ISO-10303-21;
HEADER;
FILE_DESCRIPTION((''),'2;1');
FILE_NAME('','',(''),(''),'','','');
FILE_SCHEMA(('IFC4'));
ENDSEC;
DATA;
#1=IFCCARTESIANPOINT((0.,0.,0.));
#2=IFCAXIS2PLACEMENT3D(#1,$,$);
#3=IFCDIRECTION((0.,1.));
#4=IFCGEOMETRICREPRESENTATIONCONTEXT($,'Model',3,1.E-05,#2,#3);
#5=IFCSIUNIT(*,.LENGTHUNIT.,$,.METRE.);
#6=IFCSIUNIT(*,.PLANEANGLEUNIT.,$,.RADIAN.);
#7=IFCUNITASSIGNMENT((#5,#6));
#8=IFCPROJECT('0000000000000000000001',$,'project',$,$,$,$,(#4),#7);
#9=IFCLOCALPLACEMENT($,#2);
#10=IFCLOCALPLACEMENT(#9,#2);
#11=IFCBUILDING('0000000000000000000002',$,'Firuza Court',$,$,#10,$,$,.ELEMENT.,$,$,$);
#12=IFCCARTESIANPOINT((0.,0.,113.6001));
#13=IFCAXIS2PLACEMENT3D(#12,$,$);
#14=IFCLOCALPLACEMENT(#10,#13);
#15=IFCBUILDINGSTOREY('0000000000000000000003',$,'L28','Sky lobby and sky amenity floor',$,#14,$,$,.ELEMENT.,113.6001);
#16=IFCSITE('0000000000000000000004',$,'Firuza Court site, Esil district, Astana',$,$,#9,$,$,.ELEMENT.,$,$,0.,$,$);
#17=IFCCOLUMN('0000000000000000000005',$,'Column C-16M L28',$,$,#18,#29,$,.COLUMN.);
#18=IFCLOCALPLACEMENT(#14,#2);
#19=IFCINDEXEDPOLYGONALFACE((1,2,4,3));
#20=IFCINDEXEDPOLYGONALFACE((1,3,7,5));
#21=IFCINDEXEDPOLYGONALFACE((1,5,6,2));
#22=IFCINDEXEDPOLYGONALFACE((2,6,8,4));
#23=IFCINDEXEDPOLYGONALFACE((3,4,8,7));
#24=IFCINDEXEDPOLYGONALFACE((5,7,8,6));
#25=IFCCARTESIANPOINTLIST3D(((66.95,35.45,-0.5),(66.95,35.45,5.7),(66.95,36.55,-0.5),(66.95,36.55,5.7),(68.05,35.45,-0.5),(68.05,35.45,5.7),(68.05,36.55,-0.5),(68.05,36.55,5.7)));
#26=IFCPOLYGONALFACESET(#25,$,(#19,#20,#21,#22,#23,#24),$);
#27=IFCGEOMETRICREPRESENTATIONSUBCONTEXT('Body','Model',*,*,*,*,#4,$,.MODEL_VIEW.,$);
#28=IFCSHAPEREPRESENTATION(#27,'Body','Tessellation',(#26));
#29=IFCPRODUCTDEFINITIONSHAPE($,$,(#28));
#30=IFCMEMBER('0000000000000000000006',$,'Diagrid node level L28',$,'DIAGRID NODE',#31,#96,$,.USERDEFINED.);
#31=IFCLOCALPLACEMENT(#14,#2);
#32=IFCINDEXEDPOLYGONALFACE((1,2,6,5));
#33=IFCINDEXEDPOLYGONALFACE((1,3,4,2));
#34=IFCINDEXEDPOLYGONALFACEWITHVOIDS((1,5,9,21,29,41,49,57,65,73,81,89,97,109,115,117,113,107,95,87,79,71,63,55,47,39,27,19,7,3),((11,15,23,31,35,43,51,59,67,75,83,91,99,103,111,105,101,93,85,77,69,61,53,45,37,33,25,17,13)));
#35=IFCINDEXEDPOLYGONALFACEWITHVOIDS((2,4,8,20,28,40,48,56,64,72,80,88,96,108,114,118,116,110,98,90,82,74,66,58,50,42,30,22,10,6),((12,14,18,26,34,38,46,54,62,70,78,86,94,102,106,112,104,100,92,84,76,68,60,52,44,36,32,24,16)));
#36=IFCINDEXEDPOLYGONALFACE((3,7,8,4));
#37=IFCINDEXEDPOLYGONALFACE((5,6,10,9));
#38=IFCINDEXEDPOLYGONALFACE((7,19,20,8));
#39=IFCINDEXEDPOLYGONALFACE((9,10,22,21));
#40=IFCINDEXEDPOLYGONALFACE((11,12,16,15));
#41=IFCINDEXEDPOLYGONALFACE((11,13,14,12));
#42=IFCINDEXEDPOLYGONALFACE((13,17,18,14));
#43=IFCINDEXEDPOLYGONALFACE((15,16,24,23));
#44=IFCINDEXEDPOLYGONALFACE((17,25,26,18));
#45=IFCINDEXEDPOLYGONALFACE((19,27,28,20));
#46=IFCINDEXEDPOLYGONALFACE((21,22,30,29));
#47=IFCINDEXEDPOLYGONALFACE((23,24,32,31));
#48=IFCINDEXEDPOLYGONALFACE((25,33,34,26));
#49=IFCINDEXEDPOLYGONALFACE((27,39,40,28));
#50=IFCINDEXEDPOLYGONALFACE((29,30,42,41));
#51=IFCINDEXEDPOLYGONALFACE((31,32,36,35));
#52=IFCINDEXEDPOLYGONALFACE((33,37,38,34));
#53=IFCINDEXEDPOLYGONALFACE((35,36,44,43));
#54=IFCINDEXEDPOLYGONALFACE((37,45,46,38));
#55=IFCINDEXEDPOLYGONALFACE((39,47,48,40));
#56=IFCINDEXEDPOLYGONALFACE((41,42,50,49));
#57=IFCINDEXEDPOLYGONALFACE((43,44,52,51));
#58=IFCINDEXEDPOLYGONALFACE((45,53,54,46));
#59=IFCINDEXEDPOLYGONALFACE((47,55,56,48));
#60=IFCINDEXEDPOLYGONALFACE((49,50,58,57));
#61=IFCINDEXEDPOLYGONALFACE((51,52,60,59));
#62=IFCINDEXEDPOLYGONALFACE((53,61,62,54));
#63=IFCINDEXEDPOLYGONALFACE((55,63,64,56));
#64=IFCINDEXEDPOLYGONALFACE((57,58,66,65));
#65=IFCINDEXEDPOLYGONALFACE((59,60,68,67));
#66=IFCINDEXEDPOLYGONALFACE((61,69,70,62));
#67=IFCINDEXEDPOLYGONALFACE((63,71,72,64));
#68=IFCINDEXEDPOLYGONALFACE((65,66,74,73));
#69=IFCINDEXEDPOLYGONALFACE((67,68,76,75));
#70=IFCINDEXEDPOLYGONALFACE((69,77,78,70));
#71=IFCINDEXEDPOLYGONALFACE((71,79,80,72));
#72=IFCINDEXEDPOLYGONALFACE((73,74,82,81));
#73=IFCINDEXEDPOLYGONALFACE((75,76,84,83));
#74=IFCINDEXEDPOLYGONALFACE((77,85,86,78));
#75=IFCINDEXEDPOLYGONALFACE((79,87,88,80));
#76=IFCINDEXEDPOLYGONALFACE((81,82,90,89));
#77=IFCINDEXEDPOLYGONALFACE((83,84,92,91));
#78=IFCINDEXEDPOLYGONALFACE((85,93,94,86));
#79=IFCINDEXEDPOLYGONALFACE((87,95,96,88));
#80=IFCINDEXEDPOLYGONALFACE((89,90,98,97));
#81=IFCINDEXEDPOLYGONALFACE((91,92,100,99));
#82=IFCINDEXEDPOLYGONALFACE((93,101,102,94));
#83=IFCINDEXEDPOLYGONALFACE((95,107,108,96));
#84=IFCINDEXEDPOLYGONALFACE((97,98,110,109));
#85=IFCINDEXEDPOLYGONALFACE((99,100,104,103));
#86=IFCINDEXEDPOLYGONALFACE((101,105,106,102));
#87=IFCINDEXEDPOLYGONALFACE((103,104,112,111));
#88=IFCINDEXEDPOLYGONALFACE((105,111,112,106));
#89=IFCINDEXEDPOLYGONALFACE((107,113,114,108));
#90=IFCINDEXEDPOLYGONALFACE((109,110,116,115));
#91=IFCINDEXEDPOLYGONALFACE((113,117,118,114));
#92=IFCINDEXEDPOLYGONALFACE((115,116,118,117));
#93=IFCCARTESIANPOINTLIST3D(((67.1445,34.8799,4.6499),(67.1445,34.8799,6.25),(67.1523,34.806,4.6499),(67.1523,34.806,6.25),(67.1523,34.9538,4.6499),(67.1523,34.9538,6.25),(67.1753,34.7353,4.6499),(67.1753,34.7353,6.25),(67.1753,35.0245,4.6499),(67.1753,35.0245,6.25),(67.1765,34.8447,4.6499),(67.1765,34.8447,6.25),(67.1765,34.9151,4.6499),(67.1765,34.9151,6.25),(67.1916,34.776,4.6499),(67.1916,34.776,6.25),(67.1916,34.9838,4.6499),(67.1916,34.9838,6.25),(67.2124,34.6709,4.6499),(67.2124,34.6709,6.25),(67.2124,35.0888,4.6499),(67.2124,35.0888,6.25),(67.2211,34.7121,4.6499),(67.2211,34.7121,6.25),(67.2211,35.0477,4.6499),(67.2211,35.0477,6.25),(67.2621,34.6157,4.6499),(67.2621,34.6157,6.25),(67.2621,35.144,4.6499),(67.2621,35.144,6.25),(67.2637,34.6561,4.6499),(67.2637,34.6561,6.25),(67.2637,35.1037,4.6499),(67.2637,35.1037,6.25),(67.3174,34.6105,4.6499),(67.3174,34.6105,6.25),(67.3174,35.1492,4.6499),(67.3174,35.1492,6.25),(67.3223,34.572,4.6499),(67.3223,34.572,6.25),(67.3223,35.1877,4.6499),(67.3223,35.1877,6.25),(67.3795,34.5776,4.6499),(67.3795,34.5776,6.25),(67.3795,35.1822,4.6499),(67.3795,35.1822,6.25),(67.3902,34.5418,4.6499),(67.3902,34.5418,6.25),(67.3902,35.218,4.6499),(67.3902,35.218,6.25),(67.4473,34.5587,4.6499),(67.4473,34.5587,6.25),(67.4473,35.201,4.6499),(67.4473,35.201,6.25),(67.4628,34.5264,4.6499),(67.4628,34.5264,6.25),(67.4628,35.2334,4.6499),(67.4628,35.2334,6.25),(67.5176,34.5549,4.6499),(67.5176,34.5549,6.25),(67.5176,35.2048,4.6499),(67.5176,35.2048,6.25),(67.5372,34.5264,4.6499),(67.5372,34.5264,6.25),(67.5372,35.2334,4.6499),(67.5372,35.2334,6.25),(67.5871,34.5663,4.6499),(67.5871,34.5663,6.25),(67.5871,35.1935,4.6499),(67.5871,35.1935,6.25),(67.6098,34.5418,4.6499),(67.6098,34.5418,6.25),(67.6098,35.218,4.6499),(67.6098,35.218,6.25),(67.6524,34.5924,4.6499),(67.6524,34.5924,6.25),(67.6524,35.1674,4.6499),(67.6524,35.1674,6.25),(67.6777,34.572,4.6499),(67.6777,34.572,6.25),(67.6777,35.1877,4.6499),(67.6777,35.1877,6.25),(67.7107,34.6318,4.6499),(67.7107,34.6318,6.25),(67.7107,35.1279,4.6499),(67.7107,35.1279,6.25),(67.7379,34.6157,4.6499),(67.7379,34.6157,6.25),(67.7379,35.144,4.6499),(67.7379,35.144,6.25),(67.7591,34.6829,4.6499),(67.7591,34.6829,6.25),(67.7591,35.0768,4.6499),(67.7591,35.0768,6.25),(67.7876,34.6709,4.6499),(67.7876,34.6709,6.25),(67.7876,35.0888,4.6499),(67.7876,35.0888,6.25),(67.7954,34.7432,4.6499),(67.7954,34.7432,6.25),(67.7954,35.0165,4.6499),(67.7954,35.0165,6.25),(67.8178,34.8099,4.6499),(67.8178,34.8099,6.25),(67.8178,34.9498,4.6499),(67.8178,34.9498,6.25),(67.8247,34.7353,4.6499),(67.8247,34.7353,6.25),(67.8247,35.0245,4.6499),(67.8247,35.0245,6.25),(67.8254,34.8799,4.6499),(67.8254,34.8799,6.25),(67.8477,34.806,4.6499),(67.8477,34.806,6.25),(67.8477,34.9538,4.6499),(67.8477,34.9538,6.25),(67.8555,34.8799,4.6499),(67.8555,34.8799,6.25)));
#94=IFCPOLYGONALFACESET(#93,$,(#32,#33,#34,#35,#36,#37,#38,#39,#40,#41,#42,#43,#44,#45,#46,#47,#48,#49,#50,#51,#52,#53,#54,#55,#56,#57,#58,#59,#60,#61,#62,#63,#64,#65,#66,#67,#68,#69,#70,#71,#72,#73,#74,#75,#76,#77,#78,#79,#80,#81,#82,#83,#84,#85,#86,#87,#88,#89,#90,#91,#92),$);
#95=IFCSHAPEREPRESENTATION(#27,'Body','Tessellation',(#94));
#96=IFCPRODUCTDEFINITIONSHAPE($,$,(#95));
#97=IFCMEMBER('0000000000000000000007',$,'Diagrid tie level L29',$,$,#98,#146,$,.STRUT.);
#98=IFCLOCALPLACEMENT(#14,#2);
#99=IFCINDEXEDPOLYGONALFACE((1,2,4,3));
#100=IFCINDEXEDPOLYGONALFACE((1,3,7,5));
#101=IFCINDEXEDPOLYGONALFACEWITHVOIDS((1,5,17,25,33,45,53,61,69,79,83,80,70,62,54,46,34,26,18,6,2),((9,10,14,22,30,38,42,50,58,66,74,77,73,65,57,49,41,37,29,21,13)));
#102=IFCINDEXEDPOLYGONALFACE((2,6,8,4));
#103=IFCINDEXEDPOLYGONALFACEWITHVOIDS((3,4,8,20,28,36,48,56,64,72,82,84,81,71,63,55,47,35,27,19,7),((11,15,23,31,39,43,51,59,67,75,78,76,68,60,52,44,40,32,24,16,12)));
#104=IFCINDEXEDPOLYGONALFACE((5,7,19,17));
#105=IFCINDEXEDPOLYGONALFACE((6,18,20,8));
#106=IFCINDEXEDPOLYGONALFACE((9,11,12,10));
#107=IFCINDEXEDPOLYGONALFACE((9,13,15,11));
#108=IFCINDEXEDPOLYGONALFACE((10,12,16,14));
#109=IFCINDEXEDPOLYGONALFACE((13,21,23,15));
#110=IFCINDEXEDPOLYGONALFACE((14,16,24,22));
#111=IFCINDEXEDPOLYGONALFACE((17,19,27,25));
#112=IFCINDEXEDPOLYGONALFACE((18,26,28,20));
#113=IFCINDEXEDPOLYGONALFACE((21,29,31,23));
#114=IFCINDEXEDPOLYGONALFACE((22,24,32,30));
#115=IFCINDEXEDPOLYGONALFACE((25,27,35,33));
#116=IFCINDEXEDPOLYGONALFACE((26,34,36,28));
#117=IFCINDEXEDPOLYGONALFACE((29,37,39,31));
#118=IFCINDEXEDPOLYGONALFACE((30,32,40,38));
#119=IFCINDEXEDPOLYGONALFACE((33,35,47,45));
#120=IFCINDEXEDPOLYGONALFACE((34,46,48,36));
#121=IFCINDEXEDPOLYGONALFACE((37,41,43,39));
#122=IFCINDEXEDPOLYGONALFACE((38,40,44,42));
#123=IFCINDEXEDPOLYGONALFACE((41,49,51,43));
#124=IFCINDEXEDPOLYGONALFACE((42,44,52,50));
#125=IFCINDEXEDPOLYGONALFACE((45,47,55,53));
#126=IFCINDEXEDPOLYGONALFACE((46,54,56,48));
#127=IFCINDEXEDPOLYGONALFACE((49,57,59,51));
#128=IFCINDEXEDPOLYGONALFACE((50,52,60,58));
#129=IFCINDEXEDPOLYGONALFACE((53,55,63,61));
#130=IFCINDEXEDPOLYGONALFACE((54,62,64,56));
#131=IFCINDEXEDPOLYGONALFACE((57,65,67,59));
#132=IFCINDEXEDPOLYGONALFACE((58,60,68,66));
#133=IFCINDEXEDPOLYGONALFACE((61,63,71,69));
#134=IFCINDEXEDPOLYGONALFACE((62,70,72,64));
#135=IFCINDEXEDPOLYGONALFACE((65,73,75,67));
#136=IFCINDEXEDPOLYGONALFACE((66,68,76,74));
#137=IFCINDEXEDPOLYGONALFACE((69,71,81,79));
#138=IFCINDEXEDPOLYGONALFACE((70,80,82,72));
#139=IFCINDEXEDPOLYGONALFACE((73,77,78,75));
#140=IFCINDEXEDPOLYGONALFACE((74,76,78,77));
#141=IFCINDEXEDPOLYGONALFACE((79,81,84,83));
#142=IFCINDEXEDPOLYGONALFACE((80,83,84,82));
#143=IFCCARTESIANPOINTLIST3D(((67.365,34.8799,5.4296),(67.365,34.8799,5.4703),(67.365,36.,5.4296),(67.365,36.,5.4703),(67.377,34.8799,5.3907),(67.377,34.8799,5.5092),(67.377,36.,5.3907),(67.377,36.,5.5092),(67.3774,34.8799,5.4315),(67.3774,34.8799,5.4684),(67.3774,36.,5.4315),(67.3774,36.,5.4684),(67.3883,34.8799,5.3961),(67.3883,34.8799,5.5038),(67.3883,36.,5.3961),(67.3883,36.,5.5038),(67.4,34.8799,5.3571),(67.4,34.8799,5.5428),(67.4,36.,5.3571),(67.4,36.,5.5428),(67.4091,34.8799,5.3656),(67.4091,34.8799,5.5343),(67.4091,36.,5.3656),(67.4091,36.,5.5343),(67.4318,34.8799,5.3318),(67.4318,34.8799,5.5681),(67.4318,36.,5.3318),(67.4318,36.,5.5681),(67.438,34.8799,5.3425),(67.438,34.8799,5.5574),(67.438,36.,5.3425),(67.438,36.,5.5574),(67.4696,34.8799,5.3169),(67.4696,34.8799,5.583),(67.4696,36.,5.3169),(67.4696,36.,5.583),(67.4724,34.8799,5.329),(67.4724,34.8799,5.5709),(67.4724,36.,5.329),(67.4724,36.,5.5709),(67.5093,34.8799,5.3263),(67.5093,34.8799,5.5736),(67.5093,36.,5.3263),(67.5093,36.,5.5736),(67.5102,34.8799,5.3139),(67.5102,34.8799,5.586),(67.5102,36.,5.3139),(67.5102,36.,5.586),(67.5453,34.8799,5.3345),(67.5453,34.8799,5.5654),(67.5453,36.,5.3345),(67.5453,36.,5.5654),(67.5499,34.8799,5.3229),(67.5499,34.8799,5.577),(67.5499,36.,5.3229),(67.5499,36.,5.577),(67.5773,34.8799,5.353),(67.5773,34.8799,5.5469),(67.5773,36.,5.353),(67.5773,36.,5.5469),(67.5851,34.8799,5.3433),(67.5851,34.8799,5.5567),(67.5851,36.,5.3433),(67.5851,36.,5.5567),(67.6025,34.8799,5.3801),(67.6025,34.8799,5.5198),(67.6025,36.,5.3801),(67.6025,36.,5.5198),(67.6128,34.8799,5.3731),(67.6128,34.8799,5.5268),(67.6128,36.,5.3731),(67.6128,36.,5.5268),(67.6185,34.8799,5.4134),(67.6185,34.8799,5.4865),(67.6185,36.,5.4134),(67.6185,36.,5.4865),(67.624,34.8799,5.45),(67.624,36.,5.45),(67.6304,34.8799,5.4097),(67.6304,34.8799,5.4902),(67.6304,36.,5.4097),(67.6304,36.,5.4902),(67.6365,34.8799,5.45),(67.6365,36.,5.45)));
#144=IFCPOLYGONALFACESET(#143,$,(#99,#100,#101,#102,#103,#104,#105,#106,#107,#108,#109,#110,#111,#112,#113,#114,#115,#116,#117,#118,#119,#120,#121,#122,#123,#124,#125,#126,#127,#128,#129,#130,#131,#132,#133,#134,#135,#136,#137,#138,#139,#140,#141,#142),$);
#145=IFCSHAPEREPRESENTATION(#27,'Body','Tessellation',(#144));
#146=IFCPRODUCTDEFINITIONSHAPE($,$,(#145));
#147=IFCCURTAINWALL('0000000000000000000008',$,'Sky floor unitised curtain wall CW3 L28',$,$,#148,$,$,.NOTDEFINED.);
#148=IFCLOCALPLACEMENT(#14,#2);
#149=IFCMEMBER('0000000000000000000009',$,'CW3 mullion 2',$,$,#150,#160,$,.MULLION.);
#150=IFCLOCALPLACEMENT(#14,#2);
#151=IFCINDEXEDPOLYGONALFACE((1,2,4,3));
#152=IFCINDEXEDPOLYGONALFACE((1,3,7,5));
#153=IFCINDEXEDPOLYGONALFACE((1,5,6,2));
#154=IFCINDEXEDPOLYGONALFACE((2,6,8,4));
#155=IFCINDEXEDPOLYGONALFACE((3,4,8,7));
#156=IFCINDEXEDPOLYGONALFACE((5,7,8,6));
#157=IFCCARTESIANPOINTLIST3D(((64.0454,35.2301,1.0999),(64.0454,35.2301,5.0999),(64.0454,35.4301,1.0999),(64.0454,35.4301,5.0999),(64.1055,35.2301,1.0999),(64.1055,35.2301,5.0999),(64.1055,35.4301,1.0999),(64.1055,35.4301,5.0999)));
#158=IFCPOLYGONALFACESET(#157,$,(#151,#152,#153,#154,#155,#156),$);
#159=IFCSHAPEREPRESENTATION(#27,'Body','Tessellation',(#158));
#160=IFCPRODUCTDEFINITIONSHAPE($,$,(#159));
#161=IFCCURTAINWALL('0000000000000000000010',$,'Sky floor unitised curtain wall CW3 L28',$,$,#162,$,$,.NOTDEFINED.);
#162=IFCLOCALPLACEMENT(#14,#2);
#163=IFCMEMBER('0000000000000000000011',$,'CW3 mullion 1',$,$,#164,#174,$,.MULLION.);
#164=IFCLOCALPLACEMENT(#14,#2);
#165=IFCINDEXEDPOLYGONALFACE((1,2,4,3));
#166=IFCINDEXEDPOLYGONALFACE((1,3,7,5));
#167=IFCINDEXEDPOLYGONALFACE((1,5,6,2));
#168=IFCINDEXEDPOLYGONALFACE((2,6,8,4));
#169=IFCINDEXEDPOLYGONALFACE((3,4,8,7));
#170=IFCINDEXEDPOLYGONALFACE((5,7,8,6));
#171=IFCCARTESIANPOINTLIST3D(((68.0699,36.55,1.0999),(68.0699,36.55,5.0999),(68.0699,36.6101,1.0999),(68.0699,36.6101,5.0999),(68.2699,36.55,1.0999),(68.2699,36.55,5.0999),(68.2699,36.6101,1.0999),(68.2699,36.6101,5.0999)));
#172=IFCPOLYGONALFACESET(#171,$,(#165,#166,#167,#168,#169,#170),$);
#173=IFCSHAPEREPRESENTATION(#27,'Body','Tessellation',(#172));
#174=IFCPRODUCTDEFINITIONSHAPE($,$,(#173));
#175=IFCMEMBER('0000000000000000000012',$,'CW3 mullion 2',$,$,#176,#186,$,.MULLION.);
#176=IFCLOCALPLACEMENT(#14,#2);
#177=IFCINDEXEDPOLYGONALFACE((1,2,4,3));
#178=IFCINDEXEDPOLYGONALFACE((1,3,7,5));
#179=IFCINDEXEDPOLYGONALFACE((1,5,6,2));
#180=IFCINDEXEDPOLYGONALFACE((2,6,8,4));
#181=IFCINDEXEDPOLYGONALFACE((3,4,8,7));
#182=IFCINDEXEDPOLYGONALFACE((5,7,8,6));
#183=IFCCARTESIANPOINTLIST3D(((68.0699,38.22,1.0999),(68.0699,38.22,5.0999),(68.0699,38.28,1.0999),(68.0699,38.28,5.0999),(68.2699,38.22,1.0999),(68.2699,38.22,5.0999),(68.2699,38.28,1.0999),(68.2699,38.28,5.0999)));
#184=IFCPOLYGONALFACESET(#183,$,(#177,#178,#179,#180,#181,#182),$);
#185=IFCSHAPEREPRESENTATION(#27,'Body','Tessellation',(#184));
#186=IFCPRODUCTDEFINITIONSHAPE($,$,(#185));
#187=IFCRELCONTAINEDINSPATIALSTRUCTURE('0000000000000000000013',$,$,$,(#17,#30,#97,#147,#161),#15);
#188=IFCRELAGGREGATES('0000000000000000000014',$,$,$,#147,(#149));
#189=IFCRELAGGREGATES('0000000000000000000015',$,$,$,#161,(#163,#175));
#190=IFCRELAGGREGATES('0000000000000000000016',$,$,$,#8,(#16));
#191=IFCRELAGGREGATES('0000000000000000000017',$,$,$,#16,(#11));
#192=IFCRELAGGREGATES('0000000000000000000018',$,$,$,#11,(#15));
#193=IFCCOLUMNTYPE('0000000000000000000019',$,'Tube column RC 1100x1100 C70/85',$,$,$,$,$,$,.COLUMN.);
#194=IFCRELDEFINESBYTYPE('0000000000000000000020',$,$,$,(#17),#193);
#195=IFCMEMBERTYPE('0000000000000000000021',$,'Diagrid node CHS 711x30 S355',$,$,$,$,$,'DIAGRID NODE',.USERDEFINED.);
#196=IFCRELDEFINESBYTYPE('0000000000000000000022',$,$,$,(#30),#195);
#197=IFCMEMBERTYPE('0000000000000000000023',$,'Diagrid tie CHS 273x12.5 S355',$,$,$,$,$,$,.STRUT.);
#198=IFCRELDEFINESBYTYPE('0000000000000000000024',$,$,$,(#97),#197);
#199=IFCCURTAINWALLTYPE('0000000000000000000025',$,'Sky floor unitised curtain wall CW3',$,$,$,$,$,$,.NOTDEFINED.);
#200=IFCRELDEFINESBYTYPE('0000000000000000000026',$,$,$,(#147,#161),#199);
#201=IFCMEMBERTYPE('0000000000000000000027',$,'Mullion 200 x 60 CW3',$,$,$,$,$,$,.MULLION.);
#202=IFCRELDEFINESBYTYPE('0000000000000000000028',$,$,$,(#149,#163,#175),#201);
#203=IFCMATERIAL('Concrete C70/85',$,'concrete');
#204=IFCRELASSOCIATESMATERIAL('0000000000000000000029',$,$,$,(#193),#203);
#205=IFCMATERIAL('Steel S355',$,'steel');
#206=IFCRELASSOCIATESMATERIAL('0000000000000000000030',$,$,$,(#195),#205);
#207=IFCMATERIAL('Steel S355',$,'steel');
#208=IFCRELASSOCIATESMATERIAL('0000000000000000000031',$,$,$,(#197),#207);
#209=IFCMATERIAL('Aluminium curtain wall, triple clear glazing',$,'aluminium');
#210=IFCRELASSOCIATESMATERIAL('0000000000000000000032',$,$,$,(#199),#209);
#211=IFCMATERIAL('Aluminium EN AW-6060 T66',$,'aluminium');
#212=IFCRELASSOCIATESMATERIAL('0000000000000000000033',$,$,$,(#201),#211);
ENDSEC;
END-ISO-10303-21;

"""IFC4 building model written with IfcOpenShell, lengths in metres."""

from ifc_helpers import new_model, si_unit, direction, frame, origin, origin_2d, place, context, subcontext, project, spatial, rectangle, hollow_circle, extrude, material, material_profile, profile_set, type_object, element, aggregate, save


model = new_model("IFC4")

# Units and contexts
model_context = context("Model", 3, precision=1e-05, world=origin(), true_north=direction((0.0, 1.0)))
body_context = subcontext(model_context, "Body", "Model", "MODEL_VIEW")
ifc_project = project(units=[si_unit("LENGTHUNIT", "METRE"), si_unit("PLANEANGLEUNIT", "RADIAN")], contexts=[model_context])

# Site, building, storey
site_placement = place(None, origin())
site = spatial("IfcSite", under=ifc_project, at=site_placement, Name="Firuza Court site, Esil district, Astana", CompositionType="ELEMENT", RefElevation=0.0)
building_placement = place(site_placement, origin())
building = spatial("IfcBuilding", under=site, at=building_placement, Name="Firuza Court", CompositionType="ELEMENT")
storey_placement = place(building_placement, frame((0.0, 0.0, 113.6001)))
storey = spatial("IfcBuildingStorey", under=building, at=storey_placement, Name="L28", Description="Sky lobby and sky amenity floor", CompositionType="ELEMENT", Elevation=113.6001)

# Column
ifc_material_1 = material(Name="Concrete C70/85", Category="concrete")
ifc_material_profile_1 = material_profile(ifc_material_1, rectangle(XDim=1.1001, YDim=1.1001, at=origin_2d()), Name="RC 1100x1100")
ifc_profile_set_1 = profile_set([ifc_material_profile_1], Name="Concrete C70/85")
column_type = type_object("IfcColumnType", Name="Tube column RC 1100x1100 C70/85", PredefinedType="COLUMN", material=ifc_profile_set_1)
column_placement = place(storey_placement, frame((67.5, 36.0, -0.5), z_axis=(0.0, 0.0, 1.0), x_axis=(1.0, 0.0, 0.0)))
element("IfcColumn", 1, at=column_placement, inside=storey, type_object=column_type, Name="Column C-16M L28", PredefinedType="COLUMN", context=body_context, shape_type="SweptSolid", body=[
    extrude(rectangle(XDim=1.1001, YDim=1.1001, at=origin_2d()), origin(), (0.0, 0.0, 1.0), 6.2),
])

# Members
ifc_material_2 = material(Name="Steel S355", Category="steel")
ifc_material_profile_2 = material_profile(ifc_material_2, hollow_circle(Radius=0.3555, WallThickness=0.03, at=origin_2d()), Name="CHS 711x30")
ifc_profile_set_2 = profile_set([ifc_material_profile_2], Name="Steel S355")
member_type_1 = type_object("IfcMemberType", Name="Diagrid node CHS 711x30 S355", ElementType="DIAGRID NODE", PredefinedType="USERDEFINED", material=ifc_profile_set_2)
member_1_placement = place(storey_placement, frame((67.5, 34.8799, 4.6499), z_axis=(0.0, 0.0, 1.0), x_axis=(1.0, 0.0, 0.0)))
element("IfcMember", 2, at=member_1_placement, inside=storey, type_object=member_type_1, Name="Diagrid node level L28", ObjectType="DIAGRID NODE", PredefinedType="USERDEFINED", context=body_context, shape_type="SweptSolid", body=[
    extrude(hollow_circle(Radius=0.3555, WallThickness=0.03, at=origin_2d()), origin(), (0.0, 0.0, 1.0), 1.6001),
])
ifc_material_3 = material(Name="Steel S355", Category="steel")
ifc_material_profile_3 = material_profile(ifc_material_3, hollow_circle(Radius=0.1365, WallThickness=0.0125, at=origin_2d()), Name="CHS 273x12.5")
ifc_profile_set_3 = profile_set([ifc_material_profile_3], Name="Steel S355")
member_type_2 = type_object("IfcMemberType", Name="Diagrid tie CHS 273x12.5 S355", PredefinedType="STRUT", material=ifc_profile_set_3)
member_2_placement = place(storey_placement, frame((67.5, 36.0, 5.45), z_axis=(0.0, -1.0, 0.0), x_axis=(1.0, 0.0, 0.0)))
element("IfcMember", 3, at=member_2_placement, inside=storey, type_object=member_type_2, Name="Diagrid tie level L29", PredefinedType="STRUT", context=body_context, shape_type="SweptSolid", body=[
    extrude(hollow_circle(Radius=0.1365, WallThickness=0.0125, at=origin_2d()), origin(), (0.0, 0.0, 1.0), 1.1201),
])

# Curtain wall, member
ifc_material_4 = material(Name="Aluminium curtain wall, triple clear glazing", Category="aluminium")
curtain_wall_type = type_object("IfcCurtainWallType", Name="Sky floor unitised curtain wall CW3", PredefinedType="NOTDEFINED", material=ifc_material_4)
curtain_wall_1_placement = place(storey_placement, origin())
curtain_wall_1 = element("IfcCurtainWall", 4, at=curtain_wall_1_placement, inside=storey, type_object=curtain_wall_type, Name="Sky floor unitised curtain wall CW3 L28", PredefinedType="NOTDEFINED")
ifc_material_5 = material(Name="Aluminium EN AW-6060 T66", Category="aluminium")
ifc_material_profile_4 = material_profile(ifc_material_5, rectangle(XDim=0.2, YDim=0.0601, at=origin_2d()), Name="Mullion 200 x 60 CW3")
ifc_profile_set_4 = profile_set([ifc_material_profile_4], Name="Aluminium EN AW-6060 T66")
member_type_3 = type_object("IfcMemberType", Name="Mullion 200 x 60 CW3", PredefinedType="MULLION", material=ifc_profile_set_4)
member_3_placement = place(storey_placement, frame((64.0754, 35.3301, 1.0999), z_axis=(0.0, 0.0, 1.0), x_axis=(0.0, 1.0, 0.0)))
member_3 = element("IfcMember", 5, at=member_3_placement, type_object=member_type_3, Name="CW3 mullion 2", PredefinedType="MULLION", context=body_context, shape_type="SweptSolid", body=[
    extrude(rectangle(XDim=0.2, YDim=0.0601, at=origin_2d()), origin(), (0.0, 0.0, 1.0), 4.0),
])

# Curtain wall, members
curtain_wall_2_placement = place(storey_placement, origin())
curtain_wall_2 = element("IfcCurtainWall", 6, at=curtain_wall_2_placement, inside=storey, type_object=curtain_wall_type, Name="Sky floor unitised curtain wall CW3 L28", PredefinedType="NOTDEFINED")
member_4_placement = place(storey_placement, frame((68.1699, 36.5801, 1.0999), z_axis=(0.0, 0.0, 1.0), x_axis=(-1.0, 0.0, 0.0)))
member_4 = element("IfcMember", 7, at=member_4_placement, type_object=member_type_3, Name="CW3 mullion 1", PredefinedType="MULLION", context=body_context, shape_type="SweptSolid", body=[
    extrude(rectangle(XDim=0.2, YDim=0.0601, at=origin_2d()), origin(), (0.0, 0.0, 1.0), 4.0),
])
member_5_placement = place(storey_placement, frame((68.1699, 38.25, 1.0999), z_axis=(0.0, 0.0, 1.0), x_axis=(-1.0, 0.0, 0.0)))
member_5 = element("IfcMember", 8, at=member_5_placement, type_object=member_type_3, Name="CW3 mullion 2", PredefinedType="MULLION", context=body_context, shape_type="SweptSolid", body=[
    extrude(rectangle(XDim=0.2, YDim=0.0601, at=origin_2d()), origin(), (0.0, 0.0, 1.0), 4.0),
])

aggregate(curtain_wall_1, [member_3])
aggregate(curtain_wall_2, [member_4, member_5])

save(model, "model.ifc")
